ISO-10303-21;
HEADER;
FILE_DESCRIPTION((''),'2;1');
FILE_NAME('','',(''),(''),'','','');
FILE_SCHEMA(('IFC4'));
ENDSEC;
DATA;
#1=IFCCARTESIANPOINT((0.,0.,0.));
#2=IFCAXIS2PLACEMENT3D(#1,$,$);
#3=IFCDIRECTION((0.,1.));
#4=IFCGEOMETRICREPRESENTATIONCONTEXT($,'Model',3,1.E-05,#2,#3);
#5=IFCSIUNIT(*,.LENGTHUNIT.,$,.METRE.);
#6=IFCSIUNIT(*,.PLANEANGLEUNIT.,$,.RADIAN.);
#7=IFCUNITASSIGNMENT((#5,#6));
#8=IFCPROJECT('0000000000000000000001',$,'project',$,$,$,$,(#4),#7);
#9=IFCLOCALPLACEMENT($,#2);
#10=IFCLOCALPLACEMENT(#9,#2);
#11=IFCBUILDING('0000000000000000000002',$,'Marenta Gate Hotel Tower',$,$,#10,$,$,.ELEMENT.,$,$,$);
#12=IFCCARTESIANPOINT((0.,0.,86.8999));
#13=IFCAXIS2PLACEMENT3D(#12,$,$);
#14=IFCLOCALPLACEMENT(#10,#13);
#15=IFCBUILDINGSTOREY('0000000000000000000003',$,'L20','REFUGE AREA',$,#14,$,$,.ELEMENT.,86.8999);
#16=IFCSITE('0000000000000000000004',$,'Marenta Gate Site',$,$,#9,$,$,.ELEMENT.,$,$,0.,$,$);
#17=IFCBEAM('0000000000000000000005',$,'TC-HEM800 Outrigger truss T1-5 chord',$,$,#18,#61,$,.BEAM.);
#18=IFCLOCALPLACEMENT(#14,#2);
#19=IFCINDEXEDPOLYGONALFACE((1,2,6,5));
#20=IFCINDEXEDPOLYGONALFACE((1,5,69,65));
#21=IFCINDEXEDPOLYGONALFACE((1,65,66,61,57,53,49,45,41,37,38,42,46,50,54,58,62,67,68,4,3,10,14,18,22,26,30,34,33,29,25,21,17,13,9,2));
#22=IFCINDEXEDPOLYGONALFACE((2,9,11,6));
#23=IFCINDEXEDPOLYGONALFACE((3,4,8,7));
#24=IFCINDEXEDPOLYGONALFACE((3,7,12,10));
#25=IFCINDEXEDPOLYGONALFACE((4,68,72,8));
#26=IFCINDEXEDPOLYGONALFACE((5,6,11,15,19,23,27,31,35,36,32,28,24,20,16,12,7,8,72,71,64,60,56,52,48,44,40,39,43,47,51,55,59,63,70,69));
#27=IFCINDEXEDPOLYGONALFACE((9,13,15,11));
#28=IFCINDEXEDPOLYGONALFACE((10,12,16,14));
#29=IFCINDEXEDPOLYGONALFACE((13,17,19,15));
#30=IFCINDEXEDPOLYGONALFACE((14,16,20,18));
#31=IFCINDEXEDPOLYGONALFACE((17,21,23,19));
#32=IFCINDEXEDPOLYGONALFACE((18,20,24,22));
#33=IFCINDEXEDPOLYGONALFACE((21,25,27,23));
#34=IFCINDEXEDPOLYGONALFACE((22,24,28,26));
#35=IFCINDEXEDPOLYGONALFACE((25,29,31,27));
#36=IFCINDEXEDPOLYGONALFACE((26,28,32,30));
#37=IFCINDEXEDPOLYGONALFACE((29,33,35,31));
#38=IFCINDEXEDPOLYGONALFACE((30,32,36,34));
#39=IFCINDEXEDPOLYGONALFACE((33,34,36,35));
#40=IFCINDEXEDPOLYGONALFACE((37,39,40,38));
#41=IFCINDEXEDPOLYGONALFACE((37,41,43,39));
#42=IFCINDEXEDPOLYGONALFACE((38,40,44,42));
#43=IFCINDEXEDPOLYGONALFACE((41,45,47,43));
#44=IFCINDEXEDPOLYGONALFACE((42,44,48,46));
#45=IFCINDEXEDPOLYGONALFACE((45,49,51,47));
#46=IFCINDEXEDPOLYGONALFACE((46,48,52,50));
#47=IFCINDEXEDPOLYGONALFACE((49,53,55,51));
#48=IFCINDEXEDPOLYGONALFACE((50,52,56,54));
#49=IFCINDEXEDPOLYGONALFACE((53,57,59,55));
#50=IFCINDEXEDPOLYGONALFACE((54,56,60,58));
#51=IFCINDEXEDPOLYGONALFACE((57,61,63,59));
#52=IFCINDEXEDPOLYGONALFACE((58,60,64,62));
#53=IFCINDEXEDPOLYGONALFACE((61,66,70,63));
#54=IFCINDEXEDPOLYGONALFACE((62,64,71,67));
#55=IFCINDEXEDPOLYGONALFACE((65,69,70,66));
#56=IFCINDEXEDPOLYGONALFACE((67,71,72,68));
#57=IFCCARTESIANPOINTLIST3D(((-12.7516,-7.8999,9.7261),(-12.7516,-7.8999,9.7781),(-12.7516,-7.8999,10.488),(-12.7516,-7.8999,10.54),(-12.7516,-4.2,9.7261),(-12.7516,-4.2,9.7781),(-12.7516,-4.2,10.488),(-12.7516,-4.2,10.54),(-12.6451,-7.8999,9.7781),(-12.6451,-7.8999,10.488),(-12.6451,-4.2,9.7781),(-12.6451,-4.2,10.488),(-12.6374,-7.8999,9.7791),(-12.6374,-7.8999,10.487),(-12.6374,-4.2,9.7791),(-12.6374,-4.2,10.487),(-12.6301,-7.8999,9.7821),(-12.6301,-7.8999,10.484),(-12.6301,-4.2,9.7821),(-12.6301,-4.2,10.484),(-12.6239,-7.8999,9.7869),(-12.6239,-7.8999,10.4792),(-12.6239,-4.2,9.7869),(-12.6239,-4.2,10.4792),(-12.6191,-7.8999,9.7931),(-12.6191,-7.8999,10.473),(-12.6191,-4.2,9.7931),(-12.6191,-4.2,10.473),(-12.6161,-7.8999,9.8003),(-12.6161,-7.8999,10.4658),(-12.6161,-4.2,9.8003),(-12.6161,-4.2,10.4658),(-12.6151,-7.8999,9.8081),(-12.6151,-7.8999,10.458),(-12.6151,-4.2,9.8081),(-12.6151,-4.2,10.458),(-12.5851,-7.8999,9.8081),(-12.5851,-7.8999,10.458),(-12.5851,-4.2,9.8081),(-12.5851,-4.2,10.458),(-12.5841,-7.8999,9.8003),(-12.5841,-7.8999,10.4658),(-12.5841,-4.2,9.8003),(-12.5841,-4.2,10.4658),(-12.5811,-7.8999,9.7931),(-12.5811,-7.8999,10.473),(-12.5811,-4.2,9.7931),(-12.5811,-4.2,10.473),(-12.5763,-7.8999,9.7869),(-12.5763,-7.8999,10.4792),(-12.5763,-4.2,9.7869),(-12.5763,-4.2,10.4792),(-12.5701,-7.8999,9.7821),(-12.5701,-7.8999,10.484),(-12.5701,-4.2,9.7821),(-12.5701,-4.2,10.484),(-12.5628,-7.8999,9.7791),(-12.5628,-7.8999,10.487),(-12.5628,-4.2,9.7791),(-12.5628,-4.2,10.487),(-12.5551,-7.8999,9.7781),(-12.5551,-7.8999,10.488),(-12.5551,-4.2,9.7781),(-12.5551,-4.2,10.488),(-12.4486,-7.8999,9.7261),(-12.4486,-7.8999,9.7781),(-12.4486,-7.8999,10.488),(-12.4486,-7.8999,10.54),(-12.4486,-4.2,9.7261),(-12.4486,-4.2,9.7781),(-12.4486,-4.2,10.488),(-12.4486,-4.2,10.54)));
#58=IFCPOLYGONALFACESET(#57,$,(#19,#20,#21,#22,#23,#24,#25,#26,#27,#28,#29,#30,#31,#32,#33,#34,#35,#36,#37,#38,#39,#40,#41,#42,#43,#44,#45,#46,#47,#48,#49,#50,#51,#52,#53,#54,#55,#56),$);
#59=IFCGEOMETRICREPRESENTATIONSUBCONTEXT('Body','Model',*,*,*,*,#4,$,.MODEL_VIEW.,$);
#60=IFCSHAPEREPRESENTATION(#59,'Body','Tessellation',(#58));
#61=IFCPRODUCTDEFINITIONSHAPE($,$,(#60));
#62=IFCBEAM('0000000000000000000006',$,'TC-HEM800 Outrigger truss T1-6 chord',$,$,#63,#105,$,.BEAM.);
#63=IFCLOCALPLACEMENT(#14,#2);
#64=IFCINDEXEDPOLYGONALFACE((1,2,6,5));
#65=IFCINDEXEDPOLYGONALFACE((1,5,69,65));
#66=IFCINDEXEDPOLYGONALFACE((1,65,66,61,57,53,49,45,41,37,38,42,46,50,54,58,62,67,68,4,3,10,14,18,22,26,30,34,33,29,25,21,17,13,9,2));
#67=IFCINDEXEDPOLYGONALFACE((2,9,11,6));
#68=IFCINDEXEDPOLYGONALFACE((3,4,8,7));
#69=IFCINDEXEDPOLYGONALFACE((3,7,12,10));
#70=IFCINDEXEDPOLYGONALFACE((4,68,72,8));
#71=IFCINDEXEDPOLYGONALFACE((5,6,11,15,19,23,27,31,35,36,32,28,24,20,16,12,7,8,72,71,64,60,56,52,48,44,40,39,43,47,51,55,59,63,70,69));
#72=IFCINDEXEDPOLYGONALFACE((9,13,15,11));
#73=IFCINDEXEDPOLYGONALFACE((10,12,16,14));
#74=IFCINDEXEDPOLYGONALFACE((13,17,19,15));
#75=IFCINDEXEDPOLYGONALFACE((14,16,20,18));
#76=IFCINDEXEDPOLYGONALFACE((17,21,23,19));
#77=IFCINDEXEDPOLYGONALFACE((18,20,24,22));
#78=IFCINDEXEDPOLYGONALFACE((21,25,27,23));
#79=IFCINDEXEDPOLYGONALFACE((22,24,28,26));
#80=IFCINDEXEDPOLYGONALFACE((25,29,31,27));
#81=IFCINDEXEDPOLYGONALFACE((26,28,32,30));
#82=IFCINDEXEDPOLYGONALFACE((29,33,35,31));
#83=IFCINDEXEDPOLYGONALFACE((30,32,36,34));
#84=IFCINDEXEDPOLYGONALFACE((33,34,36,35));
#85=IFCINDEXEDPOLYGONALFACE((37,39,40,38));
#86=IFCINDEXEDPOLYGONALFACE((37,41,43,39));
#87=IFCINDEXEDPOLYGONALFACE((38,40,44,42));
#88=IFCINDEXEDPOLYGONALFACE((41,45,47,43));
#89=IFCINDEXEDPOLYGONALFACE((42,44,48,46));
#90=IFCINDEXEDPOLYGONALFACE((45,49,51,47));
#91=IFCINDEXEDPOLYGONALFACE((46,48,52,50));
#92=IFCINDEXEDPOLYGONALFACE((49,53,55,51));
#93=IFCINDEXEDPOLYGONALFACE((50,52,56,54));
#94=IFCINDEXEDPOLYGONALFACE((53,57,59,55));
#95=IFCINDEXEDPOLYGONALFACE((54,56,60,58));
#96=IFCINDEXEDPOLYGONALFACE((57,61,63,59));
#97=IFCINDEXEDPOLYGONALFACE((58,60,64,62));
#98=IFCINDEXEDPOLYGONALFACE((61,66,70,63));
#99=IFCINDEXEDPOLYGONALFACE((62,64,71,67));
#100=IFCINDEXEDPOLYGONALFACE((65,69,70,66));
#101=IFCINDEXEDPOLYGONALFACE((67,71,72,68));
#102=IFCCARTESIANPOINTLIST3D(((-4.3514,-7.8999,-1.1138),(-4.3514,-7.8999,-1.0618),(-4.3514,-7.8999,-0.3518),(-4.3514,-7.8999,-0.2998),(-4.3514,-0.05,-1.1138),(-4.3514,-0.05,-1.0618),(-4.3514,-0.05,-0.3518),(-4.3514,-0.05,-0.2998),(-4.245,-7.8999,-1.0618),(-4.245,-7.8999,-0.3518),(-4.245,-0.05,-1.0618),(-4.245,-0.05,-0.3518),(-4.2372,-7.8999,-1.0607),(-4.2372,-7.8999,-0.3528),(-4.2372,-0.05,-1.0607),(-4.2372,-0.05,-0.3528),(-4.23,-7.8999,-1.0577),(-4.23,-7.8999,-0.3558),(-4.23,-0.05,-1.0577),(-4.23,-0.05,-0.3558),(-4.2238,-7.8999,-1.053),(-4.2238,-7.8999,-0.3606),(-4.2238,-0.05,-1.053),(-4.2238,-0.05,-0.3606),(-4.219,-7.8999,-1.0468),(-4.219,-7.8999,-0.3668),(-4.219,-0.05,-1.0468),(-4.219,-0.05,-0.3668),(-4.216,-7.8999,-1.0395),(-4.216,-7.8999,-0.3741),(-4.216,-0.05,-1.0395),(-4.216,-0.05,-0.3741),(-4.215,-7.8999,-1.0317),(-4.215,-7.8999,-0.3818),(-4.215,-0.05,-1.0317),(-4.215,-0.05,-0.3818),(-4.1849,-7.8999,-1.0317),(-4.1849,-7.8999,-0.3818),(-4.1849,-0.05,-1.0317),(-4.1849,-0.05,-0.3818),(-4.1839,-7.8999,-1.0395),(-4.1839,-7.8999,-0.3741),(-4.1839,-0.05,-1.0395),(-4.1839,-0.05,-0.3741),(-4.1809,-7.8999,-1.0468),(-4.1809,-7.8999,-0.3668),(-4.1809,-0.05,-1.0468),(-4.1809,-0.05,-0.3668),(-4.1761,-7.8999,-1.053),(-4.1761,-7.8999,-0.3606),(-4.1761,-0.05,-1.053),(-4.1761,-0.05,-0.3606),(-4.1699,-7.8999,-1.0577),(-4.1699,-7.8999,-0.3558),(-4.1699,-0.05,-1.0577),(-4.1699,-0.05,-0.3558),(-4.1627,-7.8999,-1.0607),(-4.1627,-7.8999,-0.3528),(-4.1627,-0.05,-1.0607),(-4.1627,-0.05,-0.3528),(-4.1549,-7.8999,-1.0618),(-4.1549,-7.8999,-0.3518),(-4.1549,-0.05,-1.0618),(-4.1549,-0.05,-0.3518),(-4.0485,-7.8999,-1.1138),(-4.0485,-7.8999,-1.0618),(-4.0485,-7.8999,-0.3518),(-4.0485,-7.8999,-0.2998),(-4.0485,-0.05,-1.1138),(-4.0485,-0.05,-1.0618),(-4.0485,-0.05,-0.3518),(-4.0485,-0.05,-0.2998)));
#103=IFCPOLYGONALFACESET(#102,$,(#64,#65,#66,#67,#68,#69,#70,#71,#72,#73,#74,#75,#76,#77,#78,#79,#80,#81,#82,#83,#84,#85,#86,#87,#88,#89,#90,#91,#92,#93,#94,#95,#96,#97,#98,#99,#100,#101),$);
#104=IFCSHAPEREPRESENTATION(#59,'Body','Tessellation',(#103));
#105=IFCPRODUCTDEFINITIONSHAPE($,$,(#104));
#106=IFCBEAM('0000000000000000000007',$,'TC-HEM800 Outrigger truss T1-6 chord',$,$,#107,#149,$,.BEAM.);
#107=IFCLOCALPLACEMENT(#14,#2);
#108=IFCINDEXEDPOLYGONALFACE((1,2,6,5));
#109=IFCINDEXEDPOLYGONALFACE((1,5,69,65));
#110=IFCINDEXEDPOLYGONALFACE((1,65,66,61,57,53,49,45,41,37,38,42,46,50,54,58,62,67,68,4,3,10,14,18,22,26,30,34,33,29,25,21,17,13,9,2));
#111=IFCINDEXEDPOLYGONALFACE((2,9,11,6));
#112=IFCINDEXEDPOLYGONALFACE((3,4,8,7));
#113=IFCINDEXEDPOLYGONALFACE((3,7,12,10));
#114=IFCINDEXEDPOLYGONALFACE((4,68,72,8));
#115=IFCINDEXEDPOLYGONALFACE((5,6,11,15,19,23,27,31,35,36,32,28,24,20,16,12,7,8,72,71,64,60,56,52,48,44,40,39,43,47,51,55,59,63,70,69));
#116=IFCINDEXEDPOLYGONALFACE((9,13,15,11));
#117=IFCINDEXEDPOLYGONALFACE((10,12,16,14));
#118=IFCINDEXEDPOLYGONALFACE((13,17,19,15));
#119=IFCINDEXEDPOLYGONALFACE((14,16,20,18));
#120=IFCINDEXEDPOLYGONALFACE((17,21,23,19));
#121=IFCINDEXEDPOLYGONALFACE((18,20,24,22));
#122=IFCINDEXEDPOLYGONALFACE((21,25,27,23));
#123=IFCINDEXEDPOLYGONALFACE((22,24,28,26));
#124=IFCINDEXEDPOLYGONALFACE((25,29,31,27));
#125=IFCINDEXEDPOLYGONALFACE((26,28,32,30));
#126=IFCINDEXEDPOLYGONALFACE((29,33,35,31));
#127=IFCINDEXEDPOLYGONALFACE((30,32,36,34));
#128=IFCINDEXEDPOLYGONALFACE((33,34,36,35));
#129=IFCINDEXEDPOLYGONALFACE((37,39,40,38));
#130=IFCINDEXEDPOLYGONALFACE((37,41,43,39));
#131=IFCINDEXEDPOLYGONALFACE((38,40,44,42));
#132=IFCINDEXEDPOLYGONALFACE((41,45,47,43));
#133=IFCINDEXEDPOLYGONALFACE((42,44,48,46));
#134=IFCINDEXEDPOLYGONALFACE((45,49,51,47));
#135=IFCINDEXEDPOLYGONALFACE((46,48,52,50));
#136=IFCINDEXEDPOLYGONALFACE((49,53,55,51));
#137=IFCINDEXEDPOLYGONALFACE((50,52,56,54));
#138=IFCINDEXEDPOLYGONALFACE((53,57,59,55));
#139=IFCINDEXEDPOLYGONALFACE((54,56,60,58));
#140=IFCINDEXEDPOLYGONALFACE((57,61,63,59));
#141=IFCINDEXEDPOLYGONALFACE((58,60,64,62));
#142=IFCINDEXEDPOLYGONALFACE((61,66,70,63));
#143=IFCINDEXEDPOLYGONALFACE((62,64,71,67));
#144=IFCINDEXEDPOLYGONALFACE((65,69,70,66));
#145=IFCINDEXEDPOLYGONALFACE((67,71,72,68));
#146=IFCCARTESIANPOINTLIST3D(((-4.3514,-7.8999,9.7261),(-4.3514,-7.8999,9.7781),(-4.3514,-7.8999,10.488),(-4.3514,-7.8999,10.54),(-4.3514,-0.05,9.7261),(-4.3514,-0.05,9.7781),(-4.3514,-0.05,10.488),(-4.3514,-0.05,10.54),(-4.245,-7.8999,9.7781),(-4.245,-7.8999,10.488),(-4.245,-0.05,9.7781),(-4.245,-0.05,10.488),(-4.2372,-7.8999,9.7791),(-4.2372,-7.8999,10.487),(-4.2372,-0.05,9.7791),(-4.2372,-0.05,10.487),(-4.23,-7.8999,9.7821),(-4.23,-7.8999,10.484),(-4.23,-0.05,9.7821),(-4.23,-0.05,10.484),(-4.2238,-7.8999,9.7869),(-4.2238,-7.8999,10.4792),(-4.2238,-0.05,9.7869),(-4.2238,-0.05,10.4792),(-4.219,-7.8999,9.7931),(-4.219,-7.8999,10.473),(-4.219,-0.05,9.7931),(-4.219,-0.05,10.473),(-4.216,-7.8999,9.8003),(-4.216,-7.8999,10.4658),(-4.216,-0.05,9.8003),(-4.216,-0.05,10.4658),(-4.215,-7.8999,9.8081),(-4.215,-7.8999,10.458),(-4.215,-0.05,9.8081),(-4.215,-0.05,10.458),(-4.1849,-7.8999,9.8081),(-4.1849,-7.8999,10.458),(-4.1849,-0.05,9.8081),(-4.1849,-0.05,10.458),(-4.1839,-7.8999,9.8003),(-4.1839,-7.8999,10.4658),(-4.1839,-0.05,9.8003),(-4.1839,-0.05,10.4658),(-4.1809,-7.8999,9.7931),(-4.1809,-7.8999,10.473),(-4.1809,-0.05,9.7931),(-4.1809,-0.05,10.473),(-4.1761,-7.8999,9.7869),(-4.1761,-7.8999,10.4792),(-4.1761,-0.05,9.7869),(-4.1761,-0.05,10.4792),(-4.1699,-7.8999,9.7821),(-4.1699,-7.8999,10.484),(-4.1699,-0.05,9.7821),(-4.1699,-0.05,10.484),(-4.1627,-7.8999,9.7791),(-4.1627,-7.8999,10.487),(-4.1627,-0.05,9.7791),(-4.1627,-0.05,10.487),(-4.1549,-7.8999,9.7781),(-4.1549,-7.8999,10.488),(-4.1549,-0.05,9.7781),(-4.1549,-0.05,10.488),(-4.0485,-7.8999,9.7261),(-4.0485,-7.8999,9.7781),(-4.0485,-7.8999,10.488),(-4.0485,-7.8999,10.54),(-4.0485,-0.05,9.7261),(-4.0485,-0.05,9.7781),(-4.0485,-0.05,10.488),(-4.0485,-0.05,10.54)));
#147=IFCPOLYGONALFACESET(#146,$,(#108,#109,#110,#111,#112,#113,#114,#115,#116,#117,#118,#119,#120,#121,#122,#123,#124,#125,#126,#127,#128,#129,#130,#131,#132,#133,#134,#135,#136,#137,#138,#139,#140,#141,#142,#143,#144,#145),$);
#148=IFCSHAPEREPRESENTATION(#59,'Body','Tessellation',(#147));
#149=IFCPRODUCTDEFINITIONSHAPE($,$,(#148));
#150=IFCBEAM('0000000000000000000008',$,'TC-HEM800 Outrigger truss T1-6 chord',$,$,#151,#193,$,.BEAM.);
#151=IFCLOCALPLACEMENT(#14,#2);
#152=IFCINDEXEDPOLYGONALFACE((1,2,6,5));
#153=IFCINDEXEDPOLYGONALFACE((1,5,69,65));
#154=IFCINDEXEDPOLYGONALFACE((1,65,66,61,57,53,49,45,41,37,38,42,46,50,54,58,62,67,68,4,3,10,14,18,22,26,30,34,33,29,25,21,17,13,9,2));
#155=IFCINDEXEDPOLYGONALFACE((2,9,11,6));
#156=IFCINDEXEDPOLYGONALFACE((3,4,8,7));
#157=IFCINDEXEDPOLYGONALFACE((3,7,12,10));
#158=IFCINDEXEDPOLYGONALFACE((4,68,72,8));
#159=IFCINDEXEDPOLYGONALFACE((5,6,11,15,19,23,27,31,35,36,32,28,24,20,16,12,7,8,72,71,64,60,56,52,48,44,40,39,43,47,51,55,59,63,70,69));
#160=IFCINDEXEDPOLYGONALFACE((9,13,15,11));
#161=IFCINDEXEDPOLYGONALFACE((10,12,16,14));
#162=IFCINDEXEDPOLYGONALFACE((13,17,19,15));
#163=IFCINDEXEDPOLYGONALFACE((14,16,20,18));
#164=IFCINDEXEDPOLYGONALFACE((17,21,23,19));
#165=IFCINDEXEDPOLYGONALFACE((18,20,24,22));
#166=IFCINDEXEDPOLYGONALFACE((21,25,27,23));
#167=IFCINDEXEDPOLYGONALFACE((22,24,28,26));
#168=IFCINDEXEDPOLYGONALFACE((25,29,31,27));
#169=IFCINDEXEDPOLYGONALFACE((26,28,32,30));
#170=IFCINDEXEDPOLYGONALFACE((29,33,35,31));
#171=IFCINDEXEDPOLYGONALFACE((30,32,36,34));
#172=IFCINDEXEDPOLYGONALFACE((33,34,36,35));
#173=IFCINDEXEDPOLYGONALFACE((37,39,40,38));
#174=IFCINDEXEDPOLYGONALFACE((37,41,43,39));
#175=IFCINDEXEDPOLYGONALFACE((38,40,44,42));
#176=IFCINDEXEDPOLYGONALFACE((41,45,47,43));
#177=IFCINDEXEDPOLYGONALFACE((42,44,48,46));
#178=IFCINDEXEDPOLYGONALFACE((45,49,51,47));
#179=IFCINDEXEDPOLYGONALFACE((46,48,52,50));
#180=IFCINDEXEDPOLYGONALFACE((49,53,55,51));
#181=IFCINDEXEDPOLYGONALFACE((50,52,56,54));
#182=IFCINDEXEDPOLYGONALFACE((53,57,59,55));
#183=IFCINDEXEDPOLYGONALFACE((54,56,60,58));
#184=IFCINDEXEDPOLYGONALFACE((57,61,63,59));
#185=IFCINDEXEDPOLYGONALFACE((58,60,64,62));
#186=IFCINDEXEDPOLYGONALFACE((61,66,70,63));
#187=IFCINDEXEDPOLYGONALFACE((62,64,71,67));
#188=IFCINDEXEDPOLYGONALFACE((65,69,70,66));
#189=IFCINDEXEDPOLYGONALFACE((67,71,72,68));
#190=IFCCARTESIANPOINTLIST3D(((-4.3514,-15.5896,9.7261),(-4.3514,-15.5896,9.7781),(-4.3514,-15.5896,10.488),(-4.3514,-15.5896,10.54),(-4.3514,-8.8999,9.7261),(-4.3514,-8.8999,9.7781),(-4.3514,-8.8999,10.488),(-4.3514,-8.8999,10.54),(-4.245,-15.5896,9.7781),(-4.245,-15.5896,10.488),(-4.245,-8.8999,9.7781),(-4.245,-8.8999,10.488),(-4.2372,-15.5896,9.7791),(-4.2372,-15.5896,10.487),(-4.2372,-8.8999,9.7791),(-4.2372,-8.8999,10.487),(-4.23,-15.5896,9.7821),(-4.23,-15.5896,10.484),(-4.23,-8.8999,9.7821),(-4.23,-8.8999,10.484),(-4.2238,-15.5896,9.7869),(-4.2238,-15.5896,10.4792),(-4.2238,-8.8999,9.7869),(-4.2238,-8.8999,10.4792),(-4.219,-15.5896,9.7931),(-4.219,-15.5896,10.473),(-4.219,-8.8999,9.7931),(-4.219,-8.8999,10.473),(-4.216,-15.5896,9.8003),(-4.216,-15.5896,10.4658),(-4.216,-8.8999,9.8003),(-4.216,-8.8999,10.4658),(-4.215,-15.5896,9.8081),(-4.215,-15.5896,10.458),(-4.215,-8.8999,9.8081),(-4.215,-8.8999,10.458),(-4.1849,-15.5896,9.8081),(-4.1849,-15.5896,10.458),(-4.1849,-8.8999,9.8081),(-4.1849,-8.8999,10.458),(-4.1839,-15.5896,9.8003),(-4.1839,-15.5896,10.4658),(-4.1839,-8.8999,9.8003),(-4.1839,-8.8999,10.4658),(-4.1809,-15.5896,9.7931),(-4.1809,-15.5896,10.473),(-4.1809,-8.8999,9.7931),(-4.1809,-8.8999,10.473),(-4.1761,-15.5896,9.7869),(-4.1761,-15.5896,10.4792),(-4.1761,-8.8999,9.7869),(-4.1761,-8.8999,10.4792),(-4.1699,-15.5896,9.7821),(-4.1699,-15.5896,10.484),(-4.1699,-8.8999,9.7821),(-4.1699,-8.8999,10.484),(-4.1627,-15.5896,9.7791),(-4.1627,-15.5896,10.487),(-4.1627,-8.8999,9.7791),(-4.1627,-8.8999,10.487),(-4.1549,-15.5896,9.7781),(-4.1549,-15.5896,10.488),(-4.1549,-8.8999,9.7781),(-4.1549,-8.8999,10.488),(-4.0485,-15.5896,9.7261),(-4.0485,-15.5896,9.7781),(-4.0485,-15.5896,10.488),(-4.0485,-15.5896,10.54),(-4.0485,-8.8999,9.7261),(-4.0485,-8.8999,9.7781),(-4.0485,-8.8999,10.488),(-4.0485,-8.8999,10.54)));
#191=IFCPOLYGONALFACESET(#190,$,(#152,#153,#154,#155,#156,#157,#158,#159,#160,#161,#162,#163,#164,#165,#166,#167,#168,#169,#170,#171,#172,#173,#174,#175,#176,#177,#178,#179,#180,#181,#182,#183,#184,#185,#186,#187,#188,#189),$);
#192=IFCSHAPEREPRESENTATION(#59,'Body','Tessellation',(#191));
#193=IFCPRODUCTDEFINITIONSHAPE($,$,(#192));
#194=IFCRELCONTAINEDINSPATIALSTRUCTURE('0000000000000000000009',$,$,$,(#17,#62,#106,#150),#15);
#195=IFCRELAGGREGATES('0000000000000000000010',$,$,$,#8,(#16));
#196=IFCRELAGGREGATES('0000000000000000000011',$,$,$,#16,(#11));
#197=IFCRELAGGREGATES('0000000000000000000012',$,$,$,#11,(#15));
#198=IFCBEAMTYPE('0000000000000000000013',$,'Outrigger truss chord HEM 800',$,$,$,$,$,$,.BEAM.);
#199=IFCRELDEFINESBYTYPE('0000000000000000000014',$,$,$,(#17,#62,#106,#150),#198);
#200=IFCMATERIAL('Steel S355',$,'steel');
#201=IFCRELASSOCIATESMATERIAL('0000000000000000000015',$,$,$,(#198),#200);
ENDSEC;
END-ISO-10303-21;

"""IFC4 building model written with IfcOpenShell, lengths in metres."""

from ifc_helpers import new_model, si_unit, direction, frame, origin, origin_2d, place, context, subcontext, project, spatial, i_section, extrude, material, material_profile, profile_set, type_object, element, save


model = new_model("IFC4")

# Units and contexts
model_context = context("Model", 3, precision=1e-05, world=origin(), true_north=direction((0.0, 1.0)))
body_context = subcontext(model_context, "Body", "Model", "MODEL_VIEW")
ifc_project = project(units=[si_unit("LENGTHUNIT", "METRE"), si_unit("PLANEANGLEUNIT", "RADIAN")], contexts=[model_context])

# Site, building, storey
site_placement = place(None, origin())
site = spatial("IfcSite", under=ifc_project, at=site_placement, Name="Marenta Gate Site", CompositionType="ELEMENT", RefElevation=0.0)
building_placement = place(site_placement, origin())
building = spatial("IfcBuilding", under=site, at=building_placement, Name="Marenta Gate Hotel Tower", CompositionType="ELEMENT")
storey_placement = place(building_placement, frame((0.0, 0.0, 86.8999)))
storey = spatial("IfcBuildingStorey", under=building, at=storey_placement, Name="L20", Description="REFUGE AREA", CompositionType="ELEMENT", Elevation=86.8999)

# Beams
ifc_material_1 = material(Name="Steel S355", Category="steel")
ifc_material_profile_1 = material_profile(ifc_material_1, i_section(OverallWidth=0.303, OverallDepth=0.814, WebThickness=0.03, FlangeThickness=0.052, FilletRadius=0.03, at=origin_2d()), Name="HEM 800")
ifc_profile_set_1 = profile_set([ifc_material_profile_1], Name="Steel S355")
beam_type_1 = type_object("IfcBeamType", Name="Outrigger truss chord HEM 800", PredefinedType="BEAM", material=ifc_profile_set_1)
for number, where, z_axis, x_axis, name in (
    (1, (-12.6001, -4.2, 10.1331), (0.0, -1.0, 0.0), (1.0, 0.0, 0.0), "TC-HEM800 Outrigger truss T1-5 chord"),
):
    element("IfcBeam", number, at=place(storey_placement, frame(where, z_axis=z_axis, x_axis=x_axis)), inside=storey, type_object=beam_type_1, Name=name, PredefinedType="BEAM", context=body_context, shape_type="SweptSolid", body=[
        extrude(i_section(OverallWidth=0.303, OverallDepth=0.814, WebThickness=0.03, FlangeThickness=0.052, FilletRadius=0.03, at=origin_2d()), origin(), (0.0, 0.0, 1.0), 3.7),
    ])
for number, where, z_axis, x_axis, name in (
    (2, (-4.2, -0.05, -0.7068), (0.0, -1.0, 0.0), (1.0, 0.0, 0.0), "TC-HEM800 Outrigger truss T1-6 chord"),
    (3, (-4.2, -0.05, 10.1331), (0.0, -1.0, 0.0), (1.0, 0.0, 0.0), "TC-HEM800 Outrigger truss T1-6 chord"),
):
    element("IfcBeam", number, at=place(storey_placement, frame(where, z_axis=z_axis, x_axis=x_axis)), inside=storey, type_object=beam_type_1, Name=name, PredefinedType="BEAM", context=body_context, shape_type="SweptSolid", body=[
        extrude(i_section(OverallWidth=0.303, OverallDepth=0.814, WebThickness=0.03, FlangeThickness=0.052, FilletRadius=0.03, at=origin_2d()), origin(), (0.0, 0.0, 1.0), 7.8499),
    ])
beam_1_placement = place(storey_placement, frame((-4.2, -8.8999, 10.1331), z_axis=(0.0, -1.0, 0.0), x_axis=(1.0, 0.0, 0.0)))
element("IfcBeam", 4, at=beam_1_placement, inside=storey, type_object=beam_type_1, Name="TC-HEM800 Outrigger truss T1-6 chord", PredefinedType="BEAM", context=body_context, shape_type="SweptSolid", body=[
    extrude(i_section(OverallWidth=0.303, OverallDepth=0.814, WebThickness=0.03, FlangeThickness=0.052, FilletRadius=0.03, at=origin_2d()), origin(), (0.0, 0.0, 1.0), 6.6897),
])

save(model, "model.ifc")
